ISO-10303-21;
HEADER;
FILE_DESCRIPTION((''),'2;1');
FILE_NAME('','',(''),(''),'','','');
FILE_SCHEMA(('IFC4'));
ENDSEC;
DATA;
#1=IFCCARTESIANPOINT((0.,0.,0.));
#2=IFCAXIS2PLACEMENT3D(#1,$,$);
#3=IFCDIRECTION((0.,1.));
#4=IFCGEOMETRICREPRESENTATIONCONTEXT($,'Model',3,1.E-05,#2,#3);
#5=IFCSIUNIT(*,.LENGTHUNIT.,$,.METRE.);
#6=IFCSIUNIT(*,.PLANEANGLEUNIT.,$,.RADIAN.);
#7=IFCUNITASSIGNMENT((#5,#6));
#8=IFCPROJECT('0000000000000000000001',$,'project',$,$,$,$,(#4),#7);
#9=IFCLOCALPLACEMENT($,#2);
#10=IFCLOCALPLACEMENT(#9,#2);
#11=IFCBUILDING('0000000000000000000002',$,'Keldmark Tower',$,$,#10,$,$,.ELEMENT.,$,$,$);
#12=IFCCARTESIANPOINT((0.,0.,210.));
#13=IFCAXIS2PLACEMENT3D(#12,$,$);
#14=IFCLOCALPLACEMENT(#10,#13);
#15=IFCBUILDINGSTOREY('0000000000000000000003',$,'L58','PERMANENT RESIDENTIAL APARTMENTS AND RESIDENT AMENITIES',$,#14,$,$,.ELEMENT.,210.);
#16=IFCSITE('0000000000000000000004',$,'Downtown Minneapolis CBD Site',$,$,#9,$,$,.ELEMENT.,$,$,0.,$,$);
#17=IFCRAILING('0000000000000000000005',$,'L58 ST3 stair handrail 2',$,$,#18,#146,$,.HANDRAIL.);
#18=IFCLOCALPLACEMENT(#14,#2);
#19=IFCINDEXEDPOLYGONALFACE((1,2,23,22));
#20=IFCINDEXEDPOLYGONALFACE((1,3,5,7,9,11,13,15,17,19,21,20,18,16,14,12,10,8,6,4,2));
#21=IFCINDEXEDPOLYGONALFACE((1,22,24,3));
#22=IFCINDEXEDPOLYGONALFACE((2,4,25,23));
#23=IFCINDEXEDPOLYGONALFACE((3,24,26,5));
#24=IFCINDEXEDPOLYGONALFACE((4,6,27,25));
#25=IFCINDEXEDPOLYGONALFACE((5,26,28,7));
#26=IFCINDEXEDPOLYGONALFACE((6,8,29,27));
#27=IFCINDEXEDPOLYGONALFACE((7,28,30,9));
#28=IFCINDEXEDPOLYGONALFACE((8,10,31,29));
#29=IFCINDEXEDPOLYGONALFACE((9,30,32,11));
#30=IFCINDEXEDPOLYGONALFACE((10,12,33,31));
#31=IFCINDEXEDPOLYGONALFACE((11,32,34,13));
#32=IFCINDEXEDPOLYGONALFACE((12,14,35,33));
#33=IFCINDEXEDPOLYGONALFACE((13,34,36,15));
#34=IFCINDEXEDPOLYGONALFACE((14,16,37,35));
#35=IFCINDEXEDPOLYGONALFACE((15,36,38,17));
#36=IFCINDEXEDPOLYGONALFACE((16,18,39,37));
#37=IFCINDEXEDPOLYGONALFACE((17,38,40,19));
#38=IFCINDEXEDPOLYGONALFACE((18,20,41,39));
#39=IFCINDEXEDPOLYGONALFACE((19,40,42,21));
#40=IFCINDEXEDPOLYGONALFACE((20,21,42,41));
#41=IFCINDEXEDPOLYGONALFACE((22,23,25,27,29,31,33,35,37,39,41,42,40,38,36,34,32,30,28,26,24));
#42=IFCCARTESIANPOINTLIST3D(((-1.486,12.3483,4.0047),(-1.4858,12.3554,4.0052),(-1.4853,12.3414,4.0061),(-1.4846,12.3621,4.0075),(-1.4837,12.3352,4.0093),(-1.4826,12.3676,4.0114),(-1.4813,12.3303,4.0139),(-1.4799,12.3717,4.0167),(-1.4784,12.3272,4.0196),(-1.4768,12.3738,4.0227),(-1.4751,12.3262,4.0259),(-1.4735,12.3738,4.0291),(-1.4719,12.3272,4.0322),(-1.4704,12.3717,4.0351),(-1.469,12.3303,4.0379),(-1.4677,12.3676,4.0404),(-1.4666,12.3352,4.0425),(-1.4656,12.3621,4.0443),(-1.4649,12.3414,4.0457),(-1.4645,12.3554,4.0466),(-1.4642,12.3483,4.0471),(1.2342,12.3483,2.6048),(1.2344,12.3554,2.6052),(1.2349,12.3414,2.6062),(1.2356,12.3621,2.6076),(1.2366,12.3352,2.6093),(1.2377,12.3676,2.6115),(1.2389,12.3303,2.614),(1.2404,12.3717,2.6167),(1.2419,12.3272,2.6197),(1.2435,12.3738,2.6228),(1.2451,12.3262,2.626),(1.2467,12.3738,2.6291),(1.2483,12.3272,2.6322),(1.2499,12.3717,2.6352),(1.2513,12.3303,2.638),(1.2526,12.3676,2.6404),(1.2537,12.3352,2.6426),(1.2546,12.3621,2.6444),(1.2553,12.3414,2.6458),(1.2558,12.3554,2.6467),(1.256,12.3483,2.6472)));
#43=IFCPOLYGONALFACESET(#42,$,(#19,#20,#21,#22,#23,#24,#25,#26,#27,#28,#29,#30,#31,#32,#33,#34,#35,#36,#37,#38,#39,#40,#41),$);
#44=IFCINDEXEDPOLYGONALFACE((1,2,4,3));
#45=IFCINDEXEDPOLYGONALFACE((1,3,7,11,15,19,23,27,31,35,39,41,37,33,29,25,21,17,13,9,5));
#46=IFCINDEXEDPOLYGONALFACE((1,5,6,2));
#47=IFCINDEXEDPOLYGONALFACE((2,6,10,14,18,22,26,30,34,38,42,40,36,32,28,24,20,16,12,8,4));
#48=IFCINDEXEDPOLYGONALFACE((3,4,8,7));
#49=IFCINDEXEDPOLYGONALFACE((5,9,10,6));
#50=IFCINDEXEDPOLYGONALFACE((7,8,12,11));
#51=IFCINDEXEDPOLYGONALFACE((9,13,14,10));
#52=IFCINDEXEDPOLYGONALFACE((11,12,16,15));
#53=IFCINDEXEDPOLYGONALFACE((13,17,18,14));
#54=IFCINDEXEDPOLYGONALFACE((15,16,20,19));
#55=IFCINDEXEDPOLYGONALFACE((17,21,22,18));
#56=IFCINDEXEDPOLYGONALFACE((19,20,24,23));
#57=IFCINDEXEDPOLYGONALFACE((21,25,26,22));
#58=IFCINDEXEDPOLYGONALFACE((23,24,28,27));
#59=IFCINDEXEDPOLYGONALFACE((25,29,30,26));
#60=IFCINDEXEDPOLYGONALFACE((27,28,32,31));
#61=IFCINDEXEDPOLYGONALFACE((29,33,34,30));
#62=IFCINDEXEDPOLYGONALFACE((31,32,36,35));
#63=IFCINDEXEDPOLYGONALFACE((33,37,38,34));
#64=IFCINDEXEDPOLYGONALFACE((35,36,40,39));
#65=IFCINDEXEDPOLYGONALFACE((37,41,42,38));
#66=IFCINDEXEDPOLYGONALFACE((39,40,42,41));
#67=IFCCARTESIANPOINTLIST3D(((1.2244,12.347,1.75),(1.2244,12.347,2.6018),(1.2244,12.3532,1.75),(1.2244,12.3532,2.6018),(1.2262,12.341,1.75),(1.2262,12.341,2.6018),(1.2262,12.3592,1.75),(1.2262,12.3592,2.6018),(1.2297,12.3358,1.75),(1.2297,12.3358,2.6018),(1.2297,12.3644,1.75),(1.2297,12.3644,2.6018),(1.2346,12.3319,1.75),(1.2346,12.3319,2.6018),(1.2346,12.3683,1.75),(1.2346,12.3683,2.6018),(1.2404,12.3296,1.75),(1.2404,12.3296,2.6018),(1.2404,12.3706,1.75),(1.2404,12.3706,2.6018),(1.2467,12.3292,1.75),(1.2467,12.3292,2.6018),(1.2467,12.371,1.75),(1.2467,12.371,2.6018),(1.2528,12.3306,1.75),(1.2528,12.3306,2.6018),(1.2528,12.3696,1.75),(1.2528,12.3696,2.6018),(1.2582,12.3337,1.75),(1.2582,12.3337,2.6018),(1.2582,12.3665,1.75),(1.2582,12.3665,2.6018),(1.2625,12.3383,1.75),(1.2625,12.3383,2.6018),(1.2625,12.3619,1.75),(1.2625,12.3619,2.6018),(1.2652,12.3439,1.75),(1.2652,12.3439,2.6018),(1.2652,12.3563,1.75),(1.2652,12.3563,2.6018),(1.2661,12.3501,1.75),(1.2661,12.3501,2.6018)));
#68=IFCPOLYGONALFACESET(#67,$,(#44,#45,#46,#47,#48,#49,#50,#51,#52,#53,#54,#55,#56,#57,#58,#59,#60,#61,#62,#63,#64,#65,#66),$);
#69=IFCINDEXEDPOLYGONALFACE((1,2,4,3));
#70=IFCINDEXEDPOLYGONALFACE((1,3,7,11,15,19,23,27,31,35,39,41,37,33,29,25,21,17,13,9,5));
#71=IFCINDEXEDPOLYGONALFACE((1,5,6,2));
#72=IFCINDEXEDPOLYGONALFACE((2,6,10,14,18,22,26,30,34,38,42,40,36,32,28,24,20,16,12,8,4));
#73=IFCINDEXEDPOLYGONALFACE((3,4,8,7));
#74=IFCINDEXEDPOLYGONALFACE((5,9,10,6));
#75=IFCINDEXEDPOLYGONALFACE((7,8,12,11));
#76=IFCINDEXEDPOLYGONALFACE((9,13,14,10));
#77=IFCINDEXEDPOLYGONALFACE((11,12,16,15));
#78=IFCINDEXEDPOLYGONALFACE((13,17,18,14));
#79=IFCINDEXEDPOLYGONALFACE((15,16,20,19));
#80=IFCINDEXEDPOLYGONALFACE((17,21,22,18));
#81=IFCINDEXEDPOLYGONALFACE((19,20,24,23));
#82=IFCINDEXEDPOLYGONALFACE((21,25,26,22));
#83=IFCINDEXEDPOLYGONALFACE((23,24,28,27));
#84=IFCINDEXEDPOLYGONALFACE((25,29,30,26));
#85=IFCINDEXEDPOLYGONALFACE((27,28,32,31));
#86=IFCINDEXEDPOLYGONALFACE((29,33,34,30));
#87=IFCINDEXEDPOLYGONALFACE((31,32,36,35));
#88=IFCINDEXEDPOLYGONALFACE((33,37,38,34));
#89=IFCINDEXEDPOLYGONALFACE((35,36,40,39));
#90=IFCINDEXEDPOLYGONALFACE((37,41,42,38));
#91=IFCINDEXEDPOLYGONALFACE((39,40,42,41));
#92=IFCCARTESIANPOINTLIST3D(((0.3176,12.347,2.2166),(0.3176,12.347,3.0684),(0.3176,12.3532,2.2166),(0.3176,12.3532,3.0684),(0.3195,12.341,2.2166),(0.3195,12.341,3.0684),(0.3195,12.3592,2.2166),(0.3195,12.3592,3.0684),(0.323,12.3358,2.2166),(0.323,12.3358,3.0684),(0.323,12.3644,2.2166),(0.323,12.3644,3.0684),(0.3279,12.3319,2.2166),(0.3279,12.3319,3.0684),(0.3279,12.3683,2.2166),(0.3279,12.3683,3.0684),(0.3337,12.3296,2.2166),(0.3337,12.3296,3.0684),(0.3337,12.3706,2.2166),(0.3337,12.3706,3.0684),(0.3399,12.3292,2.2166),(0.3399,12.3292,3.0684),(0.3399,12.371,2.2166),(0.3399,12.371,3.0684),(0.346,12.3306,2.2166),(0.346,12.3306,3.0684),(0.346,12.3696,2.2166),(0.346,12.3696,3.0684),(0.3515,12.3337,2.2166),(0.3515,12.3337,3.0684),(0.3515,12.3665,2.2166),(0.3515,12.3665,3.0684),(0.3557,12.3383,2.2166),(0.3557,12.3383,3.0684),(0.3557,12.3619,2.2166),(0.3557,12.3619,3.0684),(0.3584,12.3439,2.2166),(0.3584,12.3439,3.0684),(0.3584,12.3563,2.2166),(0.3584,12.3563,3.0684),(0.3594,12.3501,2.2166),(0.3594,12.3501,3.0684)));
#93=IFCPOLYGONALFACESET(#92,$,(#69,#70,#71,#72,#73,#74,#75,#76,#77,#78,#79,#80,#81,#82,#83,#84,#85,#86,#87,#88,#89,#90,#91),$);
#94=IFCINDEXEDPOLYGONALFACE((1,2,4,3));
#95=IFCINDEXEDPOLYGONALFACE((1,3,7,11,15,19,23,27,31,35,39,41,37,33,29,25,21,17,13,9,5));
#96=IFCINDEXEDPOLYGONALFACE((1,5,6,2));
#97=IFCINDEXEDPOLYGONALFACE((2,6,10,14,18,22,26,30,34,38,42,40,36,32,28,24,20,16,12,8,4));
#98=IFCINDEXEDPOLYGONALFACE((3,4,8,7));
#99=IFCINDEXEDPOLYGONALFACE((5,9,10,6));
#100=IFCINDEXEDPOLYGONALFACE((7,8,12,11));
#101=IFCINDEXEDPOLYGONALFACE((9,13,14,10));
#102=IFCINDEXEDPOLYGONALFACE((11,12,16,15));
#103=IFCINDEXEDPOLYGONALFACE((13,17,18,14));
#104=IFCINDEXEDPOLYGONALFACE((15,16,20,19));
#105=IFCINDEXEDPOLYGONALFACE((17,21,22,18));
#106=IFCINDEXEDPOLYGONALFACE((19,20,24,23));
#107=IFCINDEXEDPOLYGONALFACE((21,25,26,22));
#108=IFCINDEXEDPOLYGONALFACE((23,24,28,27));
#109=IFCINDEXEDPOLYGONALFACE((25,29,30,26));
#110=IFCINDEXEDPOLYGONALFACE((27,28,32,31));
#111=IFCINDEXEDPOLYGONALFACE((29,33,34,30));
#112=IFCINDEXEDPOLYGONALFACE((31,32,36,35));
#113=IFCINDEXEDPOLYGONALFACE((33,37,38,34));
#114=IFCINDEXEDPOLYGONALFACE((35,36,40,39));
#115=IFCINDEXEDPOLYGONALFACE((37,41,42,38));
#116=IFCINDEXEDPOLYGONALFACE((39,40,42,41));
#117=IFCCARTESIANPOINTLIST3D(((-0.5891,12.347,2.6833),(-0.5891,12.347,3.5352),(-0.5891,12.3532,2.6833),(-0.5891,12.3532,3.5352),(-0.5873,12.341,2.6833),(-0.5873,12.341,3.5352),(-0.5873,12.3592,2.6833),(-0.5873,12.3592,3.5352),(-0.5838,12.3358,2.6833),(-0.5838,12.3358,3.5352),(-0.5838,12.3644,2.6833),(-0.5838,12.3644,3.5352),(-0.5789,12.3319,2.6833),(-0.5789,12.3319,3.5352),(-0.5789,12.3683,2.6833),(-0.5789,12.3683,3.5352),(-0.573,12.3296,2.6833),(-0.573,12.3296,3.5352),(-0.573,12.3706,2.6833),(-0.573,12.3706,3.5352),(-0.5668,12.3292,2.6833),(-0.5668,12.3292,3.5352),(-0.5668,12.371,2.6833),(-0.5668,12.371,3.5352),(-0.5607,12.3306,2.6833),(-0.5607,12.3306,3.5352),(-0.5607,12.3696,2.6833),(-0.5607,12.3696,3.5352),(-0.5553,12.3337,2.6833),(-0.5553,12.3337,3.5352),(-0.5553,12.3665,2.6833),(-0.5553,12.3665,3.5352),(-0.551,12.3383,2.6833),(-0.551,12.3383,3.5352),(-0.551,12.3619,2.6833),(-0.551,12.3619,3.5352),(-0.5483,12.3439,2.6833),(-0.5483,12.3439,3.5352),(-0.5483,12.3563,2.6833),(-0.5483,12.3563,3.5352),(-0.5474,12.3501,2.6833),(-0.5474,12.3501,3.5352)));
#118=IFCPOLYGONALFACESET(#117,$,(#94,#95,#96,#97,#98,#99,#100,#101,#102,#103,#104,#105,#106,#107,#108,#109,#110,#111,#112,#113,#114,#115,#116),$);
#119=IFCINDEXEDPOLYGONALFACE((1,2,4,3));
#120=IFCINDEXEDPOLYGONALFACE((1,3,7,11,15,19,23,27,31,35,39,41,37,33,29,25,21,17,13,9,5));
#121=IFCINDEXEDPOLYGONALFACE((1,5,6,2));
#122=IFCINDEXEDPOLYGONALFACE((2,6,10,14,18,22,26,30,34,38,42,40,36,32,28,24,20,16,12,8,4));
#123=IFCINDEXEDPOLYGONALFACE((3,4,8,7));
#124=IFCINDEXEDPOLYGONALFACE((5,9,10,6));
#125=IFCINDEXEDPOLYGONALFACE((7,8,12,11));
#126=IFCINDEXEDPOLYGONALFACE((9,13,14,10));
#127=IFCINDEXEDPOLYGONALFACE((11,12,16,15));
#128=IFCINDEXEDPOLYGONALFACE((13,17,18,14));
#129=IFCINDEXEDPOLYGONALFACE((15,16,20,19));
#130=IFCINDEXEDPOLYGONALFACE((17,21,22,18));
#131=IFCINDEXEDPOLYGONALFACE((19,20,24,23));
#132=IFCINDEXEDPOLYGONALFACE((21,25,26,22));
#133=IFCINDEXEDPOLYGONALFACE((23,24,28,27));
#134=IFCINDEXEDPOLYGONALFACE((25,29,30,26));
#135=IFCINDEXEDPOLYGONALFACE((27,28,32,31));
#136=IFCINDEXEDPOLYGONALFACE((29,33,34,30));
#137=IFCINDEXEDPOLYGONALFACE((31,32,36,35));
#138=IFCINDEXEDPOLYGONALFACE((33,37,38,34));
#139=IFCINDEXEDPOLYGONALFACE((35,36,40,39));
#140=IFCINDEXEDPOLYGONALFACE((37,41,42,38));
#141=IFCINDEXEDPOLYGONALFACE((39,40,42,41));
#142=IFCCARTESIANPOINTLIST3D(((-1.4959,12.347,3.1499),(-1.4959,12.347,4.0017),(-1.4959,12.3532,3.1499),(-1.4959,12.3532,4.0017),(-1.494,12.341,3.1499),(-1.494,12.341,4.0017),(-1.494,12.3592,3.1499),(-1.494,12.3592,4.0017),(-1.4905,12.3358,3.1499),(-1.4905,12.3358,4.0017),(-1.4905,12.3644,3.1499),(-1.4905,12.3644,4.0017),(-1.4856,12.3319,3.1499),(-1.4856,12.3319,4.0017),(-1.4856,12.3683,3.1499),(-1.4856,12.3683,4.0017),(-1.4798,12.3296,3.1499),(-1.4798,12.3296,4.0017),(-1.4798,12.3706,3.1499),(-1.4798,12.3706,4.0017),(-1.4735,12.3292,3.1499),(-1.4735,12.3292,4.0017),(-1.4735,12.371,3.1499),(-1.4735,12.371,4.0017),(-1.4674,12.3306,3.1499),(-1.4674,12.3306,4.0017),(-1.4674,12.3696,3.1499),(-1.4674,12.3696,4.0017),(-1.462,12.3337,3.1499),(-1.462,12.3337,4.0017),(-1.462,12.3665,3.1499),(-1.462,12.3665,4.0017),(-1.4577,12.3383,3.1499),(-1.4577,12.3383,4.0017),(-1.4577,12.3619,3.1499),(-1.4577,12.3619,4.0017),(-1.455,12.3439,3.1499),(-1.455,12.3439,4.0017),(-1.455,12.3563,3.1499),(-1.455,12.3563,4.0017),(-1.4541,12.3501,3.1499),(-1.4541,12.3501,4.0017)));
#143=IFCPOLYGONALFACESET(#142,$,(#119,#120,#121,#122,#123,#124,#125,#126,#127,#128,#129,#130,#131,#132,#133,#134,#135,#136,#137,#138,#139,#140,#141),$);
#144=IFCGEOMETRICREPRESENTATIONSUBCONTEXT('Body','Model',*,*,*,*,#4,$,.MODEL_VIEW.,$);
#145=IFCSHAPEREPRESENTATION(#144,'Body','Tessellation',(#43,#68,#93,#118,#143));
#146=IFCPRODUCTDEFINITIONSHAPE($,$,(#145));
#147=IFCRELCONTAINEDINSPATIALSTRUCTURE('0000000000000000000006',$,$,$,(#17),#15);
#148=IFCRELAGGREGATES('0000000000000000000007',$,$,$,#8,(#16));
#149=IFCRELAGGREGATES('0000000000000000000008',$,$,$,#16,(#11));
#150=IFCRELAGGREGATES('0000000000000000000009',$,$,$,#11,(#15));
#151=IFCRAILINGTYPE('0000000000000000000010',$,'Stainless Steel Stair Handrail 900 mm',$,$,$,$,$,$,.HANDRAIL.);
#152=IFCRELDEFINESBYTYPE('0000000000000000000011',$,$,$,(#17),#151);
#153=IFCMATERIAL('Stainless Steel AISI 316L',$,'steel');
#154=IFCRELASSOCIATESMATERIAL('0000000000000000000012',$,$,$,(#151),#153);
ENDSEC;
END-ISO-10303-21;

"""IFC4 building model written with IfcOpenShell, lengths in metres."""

from ifc_helpers import new_model, si_unit, direction, frame, origin, origin_2d, place, context, subcontext, project, spatial, circle, extrude, material, type_object, element, save


model = new_model("IFC4")

# Units and contexts
model_context = context("Model", 3, precision=1e-05, world=origin(), true_north=direction((0.0, 1.0)))
body_context = subcontext(model_context, "Body", "Model", "MODEL_VIEW")
ifc_project = project(units=[si_unit("LENGTHUNIT", "METRE"), si_unit("PLANEANGLEUNIT", "RADIAN")], contexts=[model_context])

# Site, building, storey
site_placement = place(None, origin())
site = spatial("IfcSite", under=ifc_project, at=site_placement, Name="Downtown Minneapolis CBD Site", CompositionType="ELEMENT", RefElevation=0.0)
building_placement = place(site_placement, origin())
building = spatial("IfcBuilding", under=site, at=building_placement, Name="Keldmark Tower", CompositionType="ELEMENT")
storey_placement = place(building_placement, frame((0.0, 0.0, 210.0)))
storey = spatial("IfcBuildingStorey", under=building, at=storey_placement, Name="L58", Description="PERMANENT RESIDENTIAL APARTMENTS AND RESIDENT AMENITIES", CompositionType="ELEMENT", Elevation=210.0)

# Railing
ifc_material_1 = material(Name="Stainless Steel AISI 316L", Category="steel")
railing_type_1 = type_object("IfcRailingType", Name="Stainless Steel Stair Handrail 900 mm", PredefinedType="HANDRAIL", material=ifc_material_1)
railing_1_placement = place(storey_placement, frame((1.2451, 12.3501, 1.75)))
element("IfcRailing", 1, at=railing_1_placement, inside=storey, type_object=railing_type_1, Name="L58 ST3 stair handrail 2", PredefinedType="HANDRAIL", context=body_context, shape_type="SweptSolid", body=[
    extrude(circle(Radius=0.0239, at=origin_2d()), frame((0.0, 0.0, 0.876), z_axis=(-0.889164, 0.0, 0.45759), x_axis=(0.0, -1.0, 0.0)), (0.0, 0.0, 1.0), 3.0593),
    extrude(circle(Radius=0.021, at=origin_2d()), origin(), (0.0, 0.0, 1.0), 0.8518),
    extrude(circle(Radius=0.021, at=origin_2d()), frame((-0.9067, 0.0, 0.4666)), (0.0, 0.0, 1.0), 0.8518),
    extrude(circle(Radius=0.021, at=origin_2d()), frame((-1.8135, 0.0, 0.9333)), (0.0, 0.0, 1.0), 0.8518),
    extrude(circle(Radius=0.021, at=origin_2d()), frame((-2.7202, 0.0, 1.3999)), (0.0, 0.0, 1.0), 0.8518),
])

save(model, "model.ifc")
